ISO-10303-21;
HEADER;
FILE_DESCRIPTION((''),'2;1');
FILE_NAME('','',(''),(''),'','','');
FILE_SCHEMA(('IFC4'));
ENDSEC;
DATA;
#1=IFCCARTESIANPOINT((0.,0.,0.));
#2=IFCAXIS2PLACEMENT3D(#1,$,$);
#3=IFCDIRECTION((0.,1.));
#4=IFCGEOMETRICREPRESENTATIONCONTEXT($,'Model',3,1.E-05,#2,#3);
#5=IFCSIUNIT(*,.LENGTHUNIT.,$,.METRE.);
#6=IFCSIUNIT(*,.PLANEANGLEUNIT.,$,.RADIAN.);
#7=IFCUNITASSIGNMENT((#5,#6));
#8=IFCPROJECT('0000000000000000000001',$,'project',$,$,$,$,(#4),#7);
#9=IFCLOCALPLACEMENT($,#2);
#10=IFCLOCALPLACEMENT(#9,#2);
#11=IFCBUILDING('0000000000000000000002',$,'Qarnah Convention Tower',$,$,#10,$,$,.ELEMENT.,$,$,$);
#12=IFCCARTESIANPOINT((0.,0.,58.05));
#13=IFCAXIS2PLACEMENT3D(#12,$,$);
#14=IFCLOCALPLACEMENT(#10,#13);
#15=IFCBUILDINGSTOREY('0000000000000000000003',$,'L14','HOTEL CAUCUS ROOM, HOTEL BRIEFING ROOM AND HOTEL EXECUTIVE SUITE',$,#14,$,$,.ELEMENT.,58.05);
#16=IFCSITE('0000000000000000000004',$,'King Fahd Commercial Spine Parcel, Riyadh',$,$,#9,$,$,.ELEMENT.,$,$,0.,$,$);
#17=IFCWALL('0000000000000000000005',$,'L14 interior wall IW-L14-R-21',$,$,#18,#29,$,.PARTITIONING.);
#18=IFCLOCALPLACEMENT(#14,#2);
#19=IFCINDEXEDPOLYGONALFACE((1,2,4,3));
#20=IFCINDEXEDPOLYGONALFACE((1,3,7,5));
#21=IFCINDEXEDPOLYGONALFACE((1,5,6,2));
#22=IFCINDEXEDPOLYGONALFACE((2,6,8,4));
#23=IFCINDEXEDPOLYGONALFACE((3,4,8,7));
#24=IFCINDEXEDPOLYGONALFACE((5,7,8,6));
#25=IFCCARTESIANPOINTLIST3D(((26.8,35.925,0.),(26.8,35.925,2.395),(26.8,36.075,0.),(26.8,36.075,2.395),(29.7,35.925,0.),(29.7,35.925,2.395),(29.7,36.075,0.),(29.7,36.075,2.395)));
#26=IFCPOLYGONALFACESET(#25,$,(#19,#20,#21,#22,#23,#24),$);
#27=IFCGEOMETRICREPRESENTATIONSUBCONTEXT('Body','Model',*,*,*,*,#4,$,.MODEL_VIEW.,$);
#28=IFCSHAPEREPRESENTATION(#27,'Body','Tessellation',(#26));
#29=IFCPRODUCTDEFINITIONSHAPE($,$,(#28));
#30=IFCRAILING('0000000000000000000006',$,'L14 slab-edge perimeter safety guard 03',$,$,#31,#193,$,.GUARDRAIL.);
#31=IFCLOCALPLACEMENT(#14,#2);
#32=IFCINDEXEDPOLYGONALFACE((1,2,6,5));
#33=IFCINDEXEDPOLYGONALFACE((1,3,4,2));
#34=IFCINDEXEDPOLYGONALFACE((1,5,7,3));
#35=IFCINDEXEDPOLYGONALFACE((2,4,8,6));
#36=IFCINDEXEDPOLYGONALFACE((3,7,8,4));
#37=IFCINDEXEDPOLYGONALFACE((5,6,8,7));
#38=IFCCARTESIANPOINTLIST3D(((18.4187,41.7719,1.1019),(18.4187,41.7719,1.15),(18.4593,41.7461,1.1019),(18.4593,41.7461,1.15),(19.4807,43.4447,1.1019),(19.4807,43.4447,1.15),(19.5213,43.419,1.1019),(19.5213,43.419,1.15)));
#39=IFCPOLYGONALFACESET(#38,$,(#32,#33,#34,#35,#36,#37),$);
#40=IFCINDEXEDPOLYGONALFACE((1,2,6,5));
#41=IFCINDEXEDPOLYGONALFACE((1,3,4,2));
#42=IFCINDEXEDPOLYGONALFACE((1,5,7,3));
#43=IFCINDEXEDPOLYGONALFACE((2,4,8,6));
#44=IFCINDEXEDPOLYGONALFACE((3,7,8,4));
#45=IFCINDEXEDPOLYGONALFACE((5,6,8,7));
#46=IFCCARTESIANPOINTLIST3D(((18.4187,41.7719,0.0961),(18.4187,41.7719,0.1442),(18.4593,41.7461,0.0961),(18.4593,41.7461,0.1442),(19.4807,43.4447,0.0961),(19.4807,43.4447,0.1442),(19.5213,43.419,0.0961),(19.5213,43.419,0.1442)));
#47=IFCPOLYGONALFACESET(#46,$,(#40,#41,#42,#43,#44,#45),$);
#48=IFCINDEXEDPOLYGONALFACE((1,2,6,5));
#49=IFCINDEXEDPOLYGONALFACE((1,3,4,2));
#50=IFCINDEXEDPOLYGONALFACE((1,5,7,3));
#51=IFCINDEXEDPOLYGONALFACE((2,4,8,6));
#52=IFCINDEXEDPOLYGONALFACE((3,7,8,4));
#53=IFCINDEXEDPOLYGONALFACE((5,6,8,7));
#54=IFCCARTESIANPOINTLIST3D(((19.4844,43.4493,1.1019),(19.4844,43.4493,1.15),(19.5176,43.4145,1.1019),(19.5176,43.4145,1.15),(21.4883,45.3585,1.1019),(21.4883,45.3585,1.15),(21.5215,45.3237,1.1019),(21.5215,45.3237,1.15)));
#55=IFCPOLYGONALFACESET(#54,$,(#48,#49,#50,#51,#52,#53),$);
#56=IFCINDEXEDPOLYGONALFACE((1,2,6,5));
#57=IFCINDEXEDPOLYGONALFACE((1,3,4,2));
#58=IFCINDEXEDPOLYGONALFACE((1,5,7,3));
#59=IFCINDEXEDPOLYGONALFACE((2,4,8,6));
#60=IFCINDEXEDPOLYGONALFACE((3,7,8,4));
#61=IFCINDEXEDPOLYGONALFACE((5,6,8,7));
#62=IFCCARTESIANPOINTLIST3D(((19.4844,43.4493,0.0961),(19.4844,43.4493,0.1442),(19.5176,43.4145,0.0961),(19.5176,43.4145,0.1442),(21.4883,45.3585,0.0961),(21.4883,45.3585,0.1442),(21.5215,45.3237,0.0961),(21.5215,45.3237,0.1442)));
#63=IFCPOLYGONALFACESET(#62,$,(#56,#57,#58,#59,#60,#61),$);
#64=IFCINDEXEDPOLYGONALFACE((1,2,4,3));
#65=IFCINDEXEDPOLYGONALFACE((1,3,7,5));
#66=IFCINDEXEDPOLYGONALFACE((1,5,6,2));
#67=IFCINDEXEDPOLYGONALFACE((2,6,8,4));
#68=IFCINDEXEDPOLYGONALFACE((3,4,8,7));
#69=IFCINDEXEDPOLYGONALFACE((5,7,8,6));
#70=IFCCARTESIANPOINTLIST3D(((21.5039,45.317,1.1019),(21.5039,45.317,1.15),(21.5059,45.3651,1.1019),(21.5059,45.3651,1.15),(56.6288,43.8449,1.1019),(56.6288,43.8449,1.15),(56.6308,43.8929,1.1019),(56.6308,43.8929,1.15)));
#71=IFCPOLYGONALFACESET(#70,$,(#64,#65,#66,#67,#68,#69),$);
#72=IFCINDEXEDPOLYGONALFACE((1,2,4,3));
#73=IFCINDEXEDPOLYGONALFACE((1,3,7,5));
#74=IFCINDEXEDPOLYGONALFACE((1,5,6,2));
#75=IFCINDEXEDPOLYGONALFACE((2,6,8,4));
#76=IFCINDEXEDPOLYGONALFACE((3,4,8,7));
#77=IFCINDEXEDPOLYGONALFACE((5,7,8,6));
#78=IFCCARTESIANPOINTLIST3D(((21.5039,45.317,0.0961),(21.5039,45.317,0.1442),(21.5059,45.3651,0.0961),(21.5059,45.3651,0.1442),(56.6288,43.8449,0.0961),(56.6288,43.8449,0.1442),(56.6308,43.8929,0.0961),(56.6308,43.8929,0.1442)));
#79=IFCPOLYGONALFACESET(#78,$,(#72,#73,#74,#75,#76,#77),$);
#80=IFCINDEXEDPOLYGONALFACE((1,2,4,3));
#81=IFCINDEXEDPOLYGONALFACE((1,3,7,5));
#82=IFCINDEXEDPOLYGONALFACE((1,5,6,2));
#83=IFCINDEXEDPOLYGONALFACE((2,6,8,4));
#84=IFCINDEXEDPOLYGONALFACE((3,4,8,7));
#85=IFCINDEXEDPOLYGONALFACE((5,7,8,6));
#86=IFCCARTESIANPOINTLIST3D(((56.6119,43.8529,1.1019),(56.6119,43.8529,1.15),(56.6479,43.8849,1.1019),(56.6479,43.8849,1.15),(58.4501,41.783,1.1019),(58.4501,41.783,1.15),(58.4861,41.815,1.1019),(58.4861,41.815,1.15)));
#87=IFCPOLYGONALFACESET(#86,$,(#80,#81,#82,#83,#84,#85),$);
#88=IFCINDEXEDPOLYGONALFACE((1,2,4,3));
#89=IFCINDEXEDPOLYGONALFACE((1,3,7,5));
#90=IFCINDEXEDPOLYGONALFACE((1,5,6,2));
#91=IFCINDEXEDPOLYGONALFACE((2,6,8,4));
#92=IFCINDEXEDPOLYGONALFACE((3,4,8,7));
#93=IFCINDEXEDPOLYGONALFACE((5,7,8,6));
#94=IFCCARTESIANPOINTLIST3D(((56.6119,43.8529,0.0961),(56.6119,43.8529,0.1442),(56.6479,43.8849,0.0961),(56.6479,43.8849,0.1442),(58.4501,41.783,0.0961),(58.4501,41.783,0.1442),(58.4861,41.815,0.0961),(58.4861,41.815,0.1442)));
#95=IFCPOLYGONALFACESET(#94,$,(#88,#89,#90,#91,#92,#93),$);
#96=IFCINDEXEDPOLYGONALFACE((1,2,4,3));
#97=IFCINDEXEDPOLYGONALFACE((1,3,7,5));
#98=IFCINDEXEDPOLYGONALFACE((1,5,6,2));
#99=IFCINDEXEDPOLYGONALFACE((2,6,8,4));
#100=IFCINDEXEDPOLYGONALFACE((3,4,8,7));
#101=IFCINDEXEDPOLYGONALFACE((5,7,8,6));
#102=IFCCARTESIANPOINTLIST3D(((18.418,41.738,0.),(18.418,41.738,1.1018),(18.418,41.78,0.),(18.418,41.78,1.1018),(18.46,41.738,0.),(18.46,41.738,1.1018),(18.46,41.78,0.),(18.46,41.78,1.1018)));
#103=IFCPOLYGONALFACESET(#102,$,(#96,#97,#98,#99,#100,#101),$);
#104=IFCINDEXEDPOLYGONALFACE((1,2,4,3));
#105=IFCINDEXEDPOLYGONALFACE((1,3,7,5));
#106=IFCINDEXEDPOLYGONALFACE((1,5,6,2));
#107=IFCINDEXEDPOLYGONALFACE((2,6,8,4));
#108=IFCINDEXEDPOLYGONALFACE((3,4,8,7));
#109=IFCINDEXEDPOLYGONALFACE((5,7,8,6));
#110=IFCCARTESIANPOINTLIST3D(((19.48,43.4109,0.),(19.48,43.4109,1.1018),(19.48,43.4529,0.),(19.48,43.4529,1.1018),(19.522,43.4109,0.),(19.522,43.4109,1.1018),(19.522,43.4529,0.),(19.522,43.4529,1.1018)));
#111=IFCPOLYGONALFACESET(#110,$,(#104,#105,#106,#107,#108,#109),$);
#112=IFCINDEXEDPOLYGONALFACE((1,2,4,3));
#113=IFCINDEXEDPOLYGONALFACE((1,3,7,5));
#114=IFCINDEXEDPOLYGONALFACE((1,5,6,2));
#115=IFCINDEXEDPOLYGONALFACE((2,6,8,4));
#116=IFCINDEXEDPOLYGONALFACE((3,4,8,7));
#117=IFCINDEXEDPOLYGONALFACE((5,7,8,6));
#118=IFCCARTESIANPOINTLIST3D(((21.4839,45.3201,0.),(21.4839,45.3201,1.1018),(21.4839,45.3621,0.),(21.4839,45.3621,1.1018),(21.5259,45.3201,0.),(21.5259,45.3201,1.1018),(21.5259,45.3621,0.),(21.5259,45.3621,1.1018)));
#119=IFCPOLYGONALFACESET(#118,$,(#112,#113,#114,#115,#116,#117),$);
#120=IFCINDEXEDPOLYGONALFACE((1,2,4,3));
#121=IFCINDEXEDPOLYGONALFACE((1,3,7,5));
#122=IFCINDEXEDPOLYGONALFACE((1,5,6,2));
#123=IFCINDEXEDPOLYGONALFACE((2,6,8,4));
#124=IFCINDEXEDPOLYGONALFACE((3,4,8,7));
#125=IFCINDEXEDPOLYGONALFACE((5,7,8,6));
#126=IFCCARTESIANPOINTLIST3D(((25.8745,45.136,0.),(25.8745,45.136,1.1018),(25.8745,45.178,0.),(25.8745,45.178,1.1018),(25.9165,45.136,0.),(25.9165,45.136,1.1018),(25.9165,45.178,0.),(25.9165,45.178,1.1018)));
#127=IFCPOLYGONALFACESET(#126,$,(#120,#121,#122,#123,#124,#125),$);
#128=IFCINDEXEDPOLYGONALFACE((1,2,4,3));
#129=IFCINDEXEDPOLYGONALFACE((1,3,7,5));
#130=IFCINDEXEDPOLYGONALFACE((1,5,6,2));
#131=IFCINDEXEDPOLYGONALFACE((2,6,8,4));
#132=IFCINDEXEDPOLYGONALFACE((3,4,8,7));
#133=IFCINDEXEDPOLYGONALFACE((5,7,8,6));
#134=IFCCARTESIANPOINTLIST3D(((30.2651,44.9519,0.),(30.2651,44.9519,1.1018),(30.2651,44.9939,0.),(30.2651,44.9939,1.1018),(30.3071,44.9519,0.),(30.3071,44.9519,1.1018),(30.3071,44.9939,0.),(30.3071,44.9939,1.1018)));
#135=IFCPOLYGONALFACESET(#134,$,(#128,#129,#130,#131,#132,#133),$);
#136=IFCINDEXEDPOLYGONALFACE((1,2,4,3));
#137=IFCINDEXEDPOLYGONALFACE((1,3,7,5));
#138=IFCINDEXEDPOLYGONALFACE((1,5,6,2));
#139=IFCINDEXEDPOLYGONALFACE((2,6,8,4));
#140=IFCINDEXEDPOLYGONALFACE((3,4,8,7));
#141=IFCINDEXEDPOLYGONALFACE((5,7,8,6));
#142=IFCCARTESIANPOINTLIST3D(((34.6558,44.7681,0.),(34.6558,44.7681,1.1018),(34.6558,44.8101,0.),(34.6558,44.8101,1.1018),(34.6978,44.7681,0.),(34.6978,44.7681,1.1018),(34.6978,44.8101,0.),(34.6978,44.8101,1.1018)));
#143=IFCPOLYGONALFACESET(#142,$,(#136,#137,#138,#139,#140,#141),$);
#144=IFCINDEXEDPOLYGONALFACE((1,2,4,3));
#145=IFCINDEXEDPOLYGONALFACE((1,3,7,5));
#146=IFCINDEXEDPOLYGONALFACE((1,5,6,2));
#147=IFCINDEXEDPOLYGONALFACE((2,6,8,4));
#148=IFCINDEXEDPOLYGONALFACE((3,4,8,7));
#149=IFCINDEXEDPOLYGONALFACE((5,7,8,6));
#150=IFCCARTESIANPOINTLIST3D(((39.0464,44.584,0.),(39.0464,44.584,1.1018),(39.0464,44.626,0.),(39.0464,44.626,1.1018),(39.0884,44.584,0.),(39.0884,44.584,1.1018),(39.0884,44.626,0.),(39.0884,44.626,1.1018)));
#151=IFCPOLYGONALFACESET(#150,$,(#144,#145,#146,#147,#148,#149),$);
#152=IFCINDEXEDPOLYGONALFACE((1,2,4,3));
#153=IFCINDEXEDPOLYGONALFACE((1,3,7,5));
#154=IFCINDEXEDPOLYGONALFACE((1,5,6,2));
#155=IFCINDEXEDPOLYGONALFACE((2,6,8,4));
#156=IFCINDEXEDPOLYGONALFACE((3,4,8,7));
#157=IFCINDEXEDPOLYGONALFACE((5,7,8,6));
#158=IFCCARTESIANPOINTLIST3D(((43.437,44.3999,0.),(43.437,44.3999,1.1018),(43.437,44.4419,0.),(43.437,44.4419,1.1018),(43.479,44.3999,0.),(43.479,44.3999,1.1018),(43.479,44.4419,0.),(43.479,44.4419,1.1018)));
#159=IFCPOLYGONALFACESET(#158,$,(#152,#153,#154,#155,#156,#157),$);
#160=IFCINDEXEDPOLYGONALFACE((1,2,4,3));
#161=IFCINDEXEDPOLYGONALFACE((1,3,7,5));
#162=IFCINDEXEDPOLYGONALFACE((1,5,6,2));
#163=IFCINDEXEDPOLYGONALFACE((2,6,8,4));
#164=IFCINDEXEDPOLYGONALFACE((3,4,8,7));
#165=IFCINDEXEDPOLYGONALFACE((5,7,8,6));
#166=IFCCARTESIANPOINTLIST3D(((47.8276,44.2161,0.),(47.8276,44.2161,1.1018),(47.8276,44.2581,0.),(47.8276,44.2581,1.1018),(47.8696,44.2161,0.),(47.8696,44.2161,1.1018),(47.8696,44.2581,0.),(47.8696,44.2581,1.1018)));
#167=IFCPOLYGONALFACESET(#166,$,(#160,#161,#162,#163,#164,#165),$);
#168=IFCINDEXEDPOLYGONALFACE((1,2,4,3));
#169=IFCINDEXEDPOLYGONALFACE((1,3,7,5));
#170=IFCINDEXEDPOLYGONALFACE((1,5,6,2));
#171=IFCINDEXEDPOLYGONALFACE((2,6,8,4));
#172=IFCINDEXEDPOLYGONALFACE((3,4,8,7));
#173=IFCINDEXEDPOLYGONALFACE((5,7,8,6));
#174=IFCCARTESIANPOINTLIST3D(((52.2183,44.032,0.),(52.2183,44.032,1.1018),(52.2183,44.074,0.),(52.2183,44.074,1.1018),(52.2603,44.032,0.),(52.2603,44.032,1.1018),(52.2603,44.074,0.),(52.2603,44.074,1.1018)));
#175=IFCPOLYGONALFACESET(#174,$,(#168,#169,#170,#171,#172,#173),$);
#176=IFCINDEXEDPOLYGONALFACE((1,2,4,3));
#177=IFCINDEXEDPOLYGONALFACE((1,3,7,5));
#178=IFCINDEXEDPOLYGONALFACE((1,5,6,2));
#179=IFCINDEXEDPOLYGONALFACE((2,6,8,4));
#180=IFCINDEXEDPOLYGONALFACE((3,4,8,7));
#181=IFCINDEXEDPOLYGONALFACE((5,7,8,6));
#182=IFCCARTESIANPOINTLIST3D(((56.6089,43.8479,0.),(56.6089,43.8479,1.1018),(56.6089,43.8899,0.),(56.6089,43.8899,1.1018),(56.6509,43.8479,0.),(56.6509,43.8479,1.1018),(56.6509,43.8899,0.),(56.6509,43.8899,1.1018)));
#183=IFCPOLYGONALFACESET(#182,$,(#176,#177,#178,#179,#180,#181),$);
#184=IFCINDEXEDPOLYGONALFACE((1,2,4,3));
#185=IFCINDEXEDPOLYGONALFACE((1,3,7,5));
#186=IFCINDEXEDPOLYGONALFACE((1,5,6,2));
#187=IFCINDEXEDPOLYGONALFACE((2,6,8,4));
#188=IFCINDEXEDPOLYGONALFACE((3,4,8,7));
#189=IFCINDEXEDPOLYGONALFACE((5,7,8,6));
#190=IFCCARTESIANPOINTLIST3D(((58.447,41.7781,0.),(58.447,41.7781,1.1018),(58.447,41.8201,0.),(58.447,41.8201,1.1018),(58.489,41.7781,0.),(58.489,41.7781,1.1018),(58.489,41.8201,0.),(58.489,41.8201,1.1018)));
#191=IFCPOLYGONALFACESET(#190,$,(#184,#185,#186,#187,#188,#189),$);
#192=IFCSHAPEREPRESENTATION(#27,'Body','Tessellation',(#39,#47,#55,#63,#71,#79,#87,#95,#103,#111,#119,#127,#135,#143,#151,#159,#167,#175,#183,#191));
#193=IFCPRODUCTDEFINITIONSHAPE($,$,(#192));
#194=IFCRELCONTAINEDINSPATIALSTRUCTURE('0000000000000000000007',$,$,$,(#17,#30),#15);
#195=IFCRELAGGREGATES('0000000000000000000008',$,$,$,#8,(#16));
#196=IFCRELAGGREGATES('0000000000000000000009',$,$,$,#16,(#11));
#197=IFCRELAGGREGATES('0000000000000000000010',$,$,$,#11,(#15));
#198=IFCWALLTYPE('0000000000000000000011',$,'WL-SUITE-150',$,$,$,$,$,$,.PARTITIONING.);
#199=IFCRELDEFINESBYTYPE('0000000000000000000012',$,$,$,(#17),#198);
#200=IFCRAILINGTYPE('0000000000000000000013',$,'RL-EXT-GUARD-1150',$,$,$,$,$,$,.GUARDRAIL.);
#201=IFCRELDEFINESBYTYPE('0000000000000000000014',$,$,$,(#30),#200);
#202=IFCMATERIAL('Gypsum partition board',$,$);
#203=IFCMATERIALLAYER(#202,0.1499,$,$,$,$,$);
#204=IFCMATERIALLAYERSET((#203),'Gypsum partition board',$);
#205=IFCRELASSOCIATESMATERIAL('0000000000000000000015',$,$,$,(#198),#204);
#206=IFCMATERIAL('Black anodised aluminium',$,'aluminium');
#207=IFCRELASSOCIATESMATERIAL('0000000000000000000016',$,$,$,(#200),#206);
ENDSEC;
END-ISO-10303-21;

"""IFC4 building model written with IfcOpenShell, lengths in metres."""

from ifc_helpers import new_model, si_unit, direction, frame, frame_2d, origin, origin_2d, place, context, subcontext, project, spatial, rectangle, extrude, material, layer, layer_set, type_object, element, save


model = new_model("IFC4")

# Units and contexts
model_context = context("Model", 3, precision=1e-05, world=origin(), true_north=direction((0.0, 1.0)))
body_context = subcontext(model_context, "Body", "Model", "MODEL_VIEW")
ifc_project = project(units=[si_unit("LENGTHUNIT", "METRE"), si_unit("PLANEANGLEUNIT", "RADIAN")], contexts=[model_context])

# Site, building, storey
site_placement = place(None, origin())
site = spatial("IfcSite", under=ifc_project, at=site_placement, Name="King Fahd Commercial Spine Parcel, Riyadh", CompositionType="ELEMENT", RefElevation=0.0)
building_placement = place(site_placement, origin())
building = spatial("IfcBuilding", under=site, at=building_placement, Name="Qarnah Convention Tower", CompositionType="ELEMENT")
storey_placement = place(building_placement, frame((0.0, 0.0, 58.05)))
storey = spatial("IfcBuildingStorey", under=building, at=storey_placement, Name="L14", Description="HOTEL CAUCUS ROOM, HOTEL BRIEFING ROOM AND HOTEL EXECUTIVE SUITE", CompositionType="ELEMENT", Elevation=58.05)

# Shared definitions
ifc_material_1 = material(Name="Black anodised aluminium", Category="aluminium")

# Shared definitions
ifc_material_2 = material(Name="Gypsum partition board")
ifc_layer_1 = layer(ifc_material_2, 0.1499)
ifc_layer_set_1 = layer_set([ifc_layer_1], Name="Gypsum partition board")
wall_type_1 = type_object("IfcWallType", Name="WL-SUITE-150", PredefinedType="PARTITIONING", material=ifc_layer_set_1)

# Wall
wall_1_placement = place(storey_placement, frame((26.8, 36.0, 0.0), z_axis=(0.0, 0.0, 1.0), x_axis=(1.0, 0.0, 0.0)))
element("IfcWall", 1, at=wall_1_placement, inside=storey, type_object=wall_type_1, Name="L14 interior wall IW-L14-R-21", PredefinedType="PARTITIONING", context=body_context, shape_type="SweptSolid", body=[
    extrude(rectangle(XDim=2.8999, YDim=0.1499, at=frame_2d((1.45, 0.0))), origin(), (0.0, 0.0, 1.0), 2.395),
])

# Railing
railing_type = type_object("IfcRailingType", Name="RL-EXT-GUARD-1150", PredefinedType="GUARDRAIL", material=ifc_material_1)
railing_1_placement = place(storey_placement, frame((18.439, 41.759, 0.0)))
element("IfcRailing", 2, at=railing_1_placement, inside=storey, type_object=railing_type, Name="L14 slab-edge perimeter safety guard 03", PredefinedType="GUARDRAIL", context=body_context, shape_type="SweptSolid", body=[
    extrude(rectangle(XDim=0.0481, YDim=0.0481, at=origin_2d()), frame((0.0, 0.0, 1.126), z_axis=(0.535966, 0.844239, 0.0), x_axis=(-0.844239, 0.535966, 0.0)), (0.0, 0.0, 1.0), 1.9814),
    extrude(rectangle(XDim=0.0481, YDim=0.0481, at=origin_2d()), frame((0.0, 0.0, 0.1201), z_axis=(0.535966, 0.844239, 0.0), x_axis=(-0.844239, 0.535966, 0.0)), (0.0, 0.0, 1.0), 1.9814),
    extrude(rectangle(XDim=0.0481, YDim=0.0481, at=origin_2d()), frame((1.062, 1.6729, 1.126), z_axis=(0.724012, 0.689787, 0.0), x_axis=(-0.689787, 0.724012, 0.0)), (0.0, 0.0, 1.0), 2.7678),
    extrude(rectangle(XDim=0.0481, YDim=0.0481, at=origin_2d()), frame((1.062, 1.6729, 0.1201), z_axis=(0.724012, 0.689787, 0.0), x_axis=(-0.689787, 0.724012, 0.0)), (0.0, 0.0, 1.0), 2.7678),
    extrude(rectangle(XDim=0.0481, YDim=0.0481, at=origin_2d()), frame((3.0659, 3.582, 1.126), z_axis=(0.999123, -0.041875, 0.0), x_axis=(0.041875, 0.999123, 0.0)), (0.0, 0.0, 1.0), 35.1558),
    extrude(rectangle(XDim=0.0481, YDim=0.0481, at=origin_2d()), frame((3.0659, 3.582, 0.1201), z_axis=(0.999123, -0.041875, 0.0), x_axis=(0.041875, 0.999123, 0.0)), (0.0, 0.0, 1.0), 35.1558),
    extrude(rectangle(XDim=0.0481, YDim=0.0481, at=origin_2d()), frame((38.1909, 2.1099, 1.126), z_axis=(0.664019, -0.747716, 0.0), x_axis=(0.747716, 0.664019, 0.0)), (0.0, 0.0, 1.0), 2.7683),
    extrude(rectangle(XDim=0.0481, YDim=0.0481, at=origin_2d()), frame((38.1909, 2.1099, 0.1201), z_axis=(0.664019, -0.747716, 0.0), x_axis=(0.747716, 0.664019, 0.0)), (0.0, 0.0, 1.0), 2.7683),
    extrude(rectangle(XDim=0.042, YDim=0.042, at=origin_2d()), origin(), (0.0, 0.0, 1.0), 1.1018),
    extrude(rectangle(XDim=0.042, YDim=0.042, at=origin_2d()), frame((1.062, 1.6729, 0.0)), (0.0, 0.0, 1.0), 1.1018),
    extrude(rectangle(XDim=0.042, YDim=0.042, at=origin_2d()), frame((3.0659, 3.582, 0.0)), (0.0, 0.0, 1.0), 1.1018),
    extrude(rectangle(XDim=0.042, YDim=0.042, at=origin_2d()), frame((7.4565, 3.3979, 0.0)), (0.0, 0.0, 1.0), 1.1018),
    extrude(rectangle(XDim=0.042, YDim=0.042, at=origin_2d()), frame((11.8472, 3.2139, 0.0)), (0.0, 0.0, 1.0), 1.1018),
    extrude(rectangle(XDim=0.042, YDim=0.042, at=origin_2d()), frame((16.2378, 3.03, 0.0)), (0.0, 0.0, 1.0), 1.1018),
    extrude(rectangle(XDim=0.042, YDim=0.042, at=origin_2d()), frame((20.6284, 2.8459, 0.0)), (0.0, 0.0, 1.0), 1.1018),
    extrude(rectangle(XDim=0.042, YDim=0.042, at=origin_2d()), frame((25.019, 2.6619, 0.0)), (0.0, 0.0, 1.0), 1.1018),
    extrude(rectangle(XDim=0.042, YDim=0.042, at=origin_2d()), frame((29.4097, 2.478, 0.0)), (0.0, 0.0, 1.0), 1.1018),
    extrude(rectangle(XDim=0.042, YDim=0.042, at=origin_2d()), frame((33.8003, 2.2939, 0.0)), (0.0, 0.0, 1.0), 1.1018),
    extrude(rectangle(XDim=0.042, YDim=0.042, at=origin_2d()), frame((38.1909, 2.1099, 0.0)), (0.0, 0.0, 1.0), 1.1018),
    extrude(rectangle(XDim=0.042, YDim=0.042, at=origin_2d()), frame((40.0291, 0.04, 0.0)), (0.0, 0.0, 1.0), 1.1018),
])

save(model, "model.ifc")
